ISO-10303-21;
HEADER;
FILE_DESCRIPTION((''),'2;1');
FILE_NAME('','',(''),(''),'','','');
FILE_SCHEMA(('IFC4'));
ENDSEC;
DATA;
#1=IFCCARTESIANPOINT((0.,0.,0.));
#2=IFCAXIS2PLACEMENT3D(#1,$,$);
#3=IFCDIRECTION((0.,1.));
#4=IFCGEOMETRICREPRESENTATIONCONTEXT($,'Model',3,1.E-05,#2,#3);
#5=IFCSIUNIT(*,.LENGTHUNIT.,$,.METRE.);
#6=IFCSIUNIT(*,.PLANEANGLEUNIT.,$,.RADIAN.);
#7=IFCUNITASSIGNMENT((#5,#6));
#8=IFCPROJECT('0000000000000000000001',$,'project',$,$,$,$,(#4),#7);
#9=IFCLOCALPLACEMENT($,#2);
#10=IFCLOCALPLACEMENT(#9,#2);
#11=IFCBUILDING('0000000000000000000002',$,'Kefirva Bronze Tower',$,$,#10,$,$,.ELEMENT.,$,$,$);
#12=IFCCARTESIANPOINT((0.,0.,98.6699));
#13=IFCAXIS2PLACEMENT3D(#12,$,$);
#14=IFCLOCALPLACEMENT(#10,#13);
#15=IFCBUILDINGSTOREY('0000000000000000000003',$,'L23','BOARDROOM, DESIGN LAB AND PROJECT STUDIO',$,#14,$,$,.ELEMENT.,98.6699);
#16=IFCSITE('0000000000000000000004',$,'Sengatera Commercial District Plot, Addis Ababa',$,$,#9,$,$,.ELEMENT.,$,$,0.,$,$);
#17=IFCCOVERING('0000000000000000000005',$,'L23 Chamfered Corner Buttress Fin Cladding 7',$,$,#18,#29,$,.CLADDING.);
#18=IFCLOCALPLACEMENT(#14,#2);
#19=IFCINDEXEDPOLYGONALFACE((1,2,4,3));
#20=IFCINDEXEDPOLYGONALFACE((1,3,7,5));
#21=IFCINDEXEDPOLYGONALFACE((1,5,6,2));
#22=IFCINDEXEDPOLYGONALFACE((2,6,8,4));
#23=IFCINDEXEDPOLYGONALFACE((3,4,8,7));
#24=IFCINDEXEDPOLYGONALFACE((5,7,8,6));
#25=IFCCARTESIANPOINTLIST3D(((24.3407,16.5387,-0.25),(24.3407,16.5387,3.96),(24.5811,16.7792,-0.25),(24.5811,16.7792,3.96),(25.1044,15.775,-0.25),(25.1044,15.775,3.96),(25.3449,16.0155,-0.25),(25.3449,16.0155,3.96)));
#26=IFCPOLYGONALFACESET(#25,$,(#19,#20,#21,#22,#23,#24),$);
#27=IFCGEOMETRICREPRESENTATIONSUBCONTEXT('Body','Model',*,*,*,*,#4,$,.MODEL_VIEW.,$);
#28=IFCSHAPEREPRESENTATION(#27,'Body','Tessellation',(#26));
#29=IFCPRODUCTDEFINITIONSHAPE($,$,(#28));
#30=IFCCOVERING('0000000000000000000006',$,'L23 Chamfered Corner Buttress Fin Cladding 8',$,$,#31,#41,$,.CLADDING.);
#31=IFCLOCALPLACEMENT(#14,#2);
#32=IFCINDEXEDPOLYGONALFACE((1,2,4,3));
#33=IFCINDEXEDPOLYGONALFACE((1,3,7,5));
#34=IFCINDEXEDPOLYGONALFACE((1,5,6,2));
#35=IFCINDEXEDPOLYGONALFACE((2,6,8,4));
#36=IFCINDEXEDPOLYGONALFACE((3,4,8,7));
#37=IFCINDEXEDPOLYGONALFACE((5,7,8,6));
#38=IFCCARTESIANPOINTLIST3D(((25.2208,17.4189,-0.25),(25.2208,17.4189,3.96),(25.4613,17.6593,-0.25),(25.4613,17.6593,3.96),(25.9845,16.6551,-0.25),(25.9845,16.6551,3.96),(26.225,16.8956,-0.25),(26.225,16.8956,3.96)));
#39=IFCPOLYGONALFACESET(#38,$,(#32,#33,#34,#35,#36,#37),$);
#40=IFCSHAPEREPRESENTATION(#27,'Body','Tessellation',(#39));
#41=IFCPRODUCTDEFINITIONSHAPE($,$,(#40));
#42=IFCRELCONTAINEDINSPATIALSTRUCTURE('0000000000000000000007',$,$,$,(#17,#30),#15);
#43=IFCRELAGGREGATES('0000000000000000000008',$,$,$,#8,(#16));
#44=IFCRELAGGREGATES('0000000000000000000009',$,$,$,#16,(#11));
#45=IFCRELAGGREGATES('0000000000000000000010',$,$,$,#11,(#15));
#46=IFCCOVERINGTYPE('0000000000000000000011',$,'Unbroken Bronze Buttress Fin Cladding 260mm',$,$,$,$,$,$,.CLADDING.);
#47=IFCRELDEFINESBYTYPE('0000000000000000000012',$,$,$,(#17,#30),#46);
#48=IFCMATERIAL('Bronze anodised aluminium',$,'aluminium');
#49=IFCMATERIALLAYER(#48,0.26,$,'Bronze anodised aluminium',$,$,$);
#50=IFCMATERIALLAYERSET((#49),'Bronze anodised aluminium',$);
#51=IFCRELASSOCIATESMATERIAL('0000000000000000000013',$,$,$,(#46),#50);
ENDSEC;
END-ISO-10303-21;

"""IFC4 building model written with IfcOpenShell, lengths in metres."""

from ifc_helpers import new_model, si_unit, direction, frame, origin, origin_2d, place, context, subcontext, project, spatial, rectangle, extrude, material, layer, layer_set, type_object, element, save


model = new_model("IFC4")

# Units and contexts
model_context = context("Model", 3, precision=1e-05, world=origin(), true_north=direction((0.0, 1.0)))
body_context = subcontext(model_context, "Body", "Model", "MODEL_VIEW")
ifc_project = project(units=[si_unit("LENGTHUNIT", "METRE"), si_unit("PLANEANGLEUNIT", "RADIAN")], contexts=[model_context])

# Site, building, storey
site_placement = place(None, origin())
site = spatial("IfcSite", under=ifc_project, at=site_placement, Name="Sengatera Commercial District Plot, Addis Ababa", CompositionType="ELEMENT", RefElevation=0.0)
building_placement = place(site_placement, origin())
building = spatial("IfcBuilding", under=site, at=building_placement, Name="Kefirva Bronze Tower", CompositionType="ELEMENT")
storey_placement = place(building_placement, frame((0.0, 0.0, 98.6699)))
storey = spatial("IfcBuildingStorey", under=building, at=storey_placement, Name="L23", Description="BOARDROOM, DESIGN LAB AND PROJECT STUDIO", CompositionType="ELEMENT", Elevation=98.6699)

# Shared definitions
ifc_material_1 = material(Name="Bronze anodised aluminium", Category="aluminium")

# Coverings
ifc_layer_1 = layer(ifc_material_1, 0.26, Name="Bronze anodised aluminium")
ifc_layer_set_1 = layer_set([ifc_layer_1], Name="Bronze anodised aluminium")
covering_type_1 = type_object("IfcCoveringType", Name="Unbroken Bronze Buttress Fin Cladding 260mm", PredefinedType="CLADDING", material=ifc_layer_set_1)
for number, where, z_axis, x_axis, name in (
    (1, (24.8428, 16.2771, -0.25), (0.0, 0.0, 1.0), (0.707107, 0.707107, 0.0), "L23 Chamfered Corner Buttress Fin Cladding 7"),
    (2, (25.7229, 17.1572, -0.25), (0.0, 0.0, 1.0), (0.707107, 0.707107, 0.0), "L23 Chamfered Corner Buttress Fin Cladding 8"),
):
    element("IfcCovering", number, at=place(storey_placement, frame(where, z_axis=z_axis, x_axis=x_axis)), inside=storey, type_object=covering_type_1, Name=name, PredefinedType="CLADDING", context=body_context, shape_type="SweptSolid", body=[
        extrude(rectangle(XDim=0.3401, YDim=1.0801, at=origin_2d()), origin(), (0.0, 0.0, 1.0), 4.21),
    ])

save(model, "model.ifc")
